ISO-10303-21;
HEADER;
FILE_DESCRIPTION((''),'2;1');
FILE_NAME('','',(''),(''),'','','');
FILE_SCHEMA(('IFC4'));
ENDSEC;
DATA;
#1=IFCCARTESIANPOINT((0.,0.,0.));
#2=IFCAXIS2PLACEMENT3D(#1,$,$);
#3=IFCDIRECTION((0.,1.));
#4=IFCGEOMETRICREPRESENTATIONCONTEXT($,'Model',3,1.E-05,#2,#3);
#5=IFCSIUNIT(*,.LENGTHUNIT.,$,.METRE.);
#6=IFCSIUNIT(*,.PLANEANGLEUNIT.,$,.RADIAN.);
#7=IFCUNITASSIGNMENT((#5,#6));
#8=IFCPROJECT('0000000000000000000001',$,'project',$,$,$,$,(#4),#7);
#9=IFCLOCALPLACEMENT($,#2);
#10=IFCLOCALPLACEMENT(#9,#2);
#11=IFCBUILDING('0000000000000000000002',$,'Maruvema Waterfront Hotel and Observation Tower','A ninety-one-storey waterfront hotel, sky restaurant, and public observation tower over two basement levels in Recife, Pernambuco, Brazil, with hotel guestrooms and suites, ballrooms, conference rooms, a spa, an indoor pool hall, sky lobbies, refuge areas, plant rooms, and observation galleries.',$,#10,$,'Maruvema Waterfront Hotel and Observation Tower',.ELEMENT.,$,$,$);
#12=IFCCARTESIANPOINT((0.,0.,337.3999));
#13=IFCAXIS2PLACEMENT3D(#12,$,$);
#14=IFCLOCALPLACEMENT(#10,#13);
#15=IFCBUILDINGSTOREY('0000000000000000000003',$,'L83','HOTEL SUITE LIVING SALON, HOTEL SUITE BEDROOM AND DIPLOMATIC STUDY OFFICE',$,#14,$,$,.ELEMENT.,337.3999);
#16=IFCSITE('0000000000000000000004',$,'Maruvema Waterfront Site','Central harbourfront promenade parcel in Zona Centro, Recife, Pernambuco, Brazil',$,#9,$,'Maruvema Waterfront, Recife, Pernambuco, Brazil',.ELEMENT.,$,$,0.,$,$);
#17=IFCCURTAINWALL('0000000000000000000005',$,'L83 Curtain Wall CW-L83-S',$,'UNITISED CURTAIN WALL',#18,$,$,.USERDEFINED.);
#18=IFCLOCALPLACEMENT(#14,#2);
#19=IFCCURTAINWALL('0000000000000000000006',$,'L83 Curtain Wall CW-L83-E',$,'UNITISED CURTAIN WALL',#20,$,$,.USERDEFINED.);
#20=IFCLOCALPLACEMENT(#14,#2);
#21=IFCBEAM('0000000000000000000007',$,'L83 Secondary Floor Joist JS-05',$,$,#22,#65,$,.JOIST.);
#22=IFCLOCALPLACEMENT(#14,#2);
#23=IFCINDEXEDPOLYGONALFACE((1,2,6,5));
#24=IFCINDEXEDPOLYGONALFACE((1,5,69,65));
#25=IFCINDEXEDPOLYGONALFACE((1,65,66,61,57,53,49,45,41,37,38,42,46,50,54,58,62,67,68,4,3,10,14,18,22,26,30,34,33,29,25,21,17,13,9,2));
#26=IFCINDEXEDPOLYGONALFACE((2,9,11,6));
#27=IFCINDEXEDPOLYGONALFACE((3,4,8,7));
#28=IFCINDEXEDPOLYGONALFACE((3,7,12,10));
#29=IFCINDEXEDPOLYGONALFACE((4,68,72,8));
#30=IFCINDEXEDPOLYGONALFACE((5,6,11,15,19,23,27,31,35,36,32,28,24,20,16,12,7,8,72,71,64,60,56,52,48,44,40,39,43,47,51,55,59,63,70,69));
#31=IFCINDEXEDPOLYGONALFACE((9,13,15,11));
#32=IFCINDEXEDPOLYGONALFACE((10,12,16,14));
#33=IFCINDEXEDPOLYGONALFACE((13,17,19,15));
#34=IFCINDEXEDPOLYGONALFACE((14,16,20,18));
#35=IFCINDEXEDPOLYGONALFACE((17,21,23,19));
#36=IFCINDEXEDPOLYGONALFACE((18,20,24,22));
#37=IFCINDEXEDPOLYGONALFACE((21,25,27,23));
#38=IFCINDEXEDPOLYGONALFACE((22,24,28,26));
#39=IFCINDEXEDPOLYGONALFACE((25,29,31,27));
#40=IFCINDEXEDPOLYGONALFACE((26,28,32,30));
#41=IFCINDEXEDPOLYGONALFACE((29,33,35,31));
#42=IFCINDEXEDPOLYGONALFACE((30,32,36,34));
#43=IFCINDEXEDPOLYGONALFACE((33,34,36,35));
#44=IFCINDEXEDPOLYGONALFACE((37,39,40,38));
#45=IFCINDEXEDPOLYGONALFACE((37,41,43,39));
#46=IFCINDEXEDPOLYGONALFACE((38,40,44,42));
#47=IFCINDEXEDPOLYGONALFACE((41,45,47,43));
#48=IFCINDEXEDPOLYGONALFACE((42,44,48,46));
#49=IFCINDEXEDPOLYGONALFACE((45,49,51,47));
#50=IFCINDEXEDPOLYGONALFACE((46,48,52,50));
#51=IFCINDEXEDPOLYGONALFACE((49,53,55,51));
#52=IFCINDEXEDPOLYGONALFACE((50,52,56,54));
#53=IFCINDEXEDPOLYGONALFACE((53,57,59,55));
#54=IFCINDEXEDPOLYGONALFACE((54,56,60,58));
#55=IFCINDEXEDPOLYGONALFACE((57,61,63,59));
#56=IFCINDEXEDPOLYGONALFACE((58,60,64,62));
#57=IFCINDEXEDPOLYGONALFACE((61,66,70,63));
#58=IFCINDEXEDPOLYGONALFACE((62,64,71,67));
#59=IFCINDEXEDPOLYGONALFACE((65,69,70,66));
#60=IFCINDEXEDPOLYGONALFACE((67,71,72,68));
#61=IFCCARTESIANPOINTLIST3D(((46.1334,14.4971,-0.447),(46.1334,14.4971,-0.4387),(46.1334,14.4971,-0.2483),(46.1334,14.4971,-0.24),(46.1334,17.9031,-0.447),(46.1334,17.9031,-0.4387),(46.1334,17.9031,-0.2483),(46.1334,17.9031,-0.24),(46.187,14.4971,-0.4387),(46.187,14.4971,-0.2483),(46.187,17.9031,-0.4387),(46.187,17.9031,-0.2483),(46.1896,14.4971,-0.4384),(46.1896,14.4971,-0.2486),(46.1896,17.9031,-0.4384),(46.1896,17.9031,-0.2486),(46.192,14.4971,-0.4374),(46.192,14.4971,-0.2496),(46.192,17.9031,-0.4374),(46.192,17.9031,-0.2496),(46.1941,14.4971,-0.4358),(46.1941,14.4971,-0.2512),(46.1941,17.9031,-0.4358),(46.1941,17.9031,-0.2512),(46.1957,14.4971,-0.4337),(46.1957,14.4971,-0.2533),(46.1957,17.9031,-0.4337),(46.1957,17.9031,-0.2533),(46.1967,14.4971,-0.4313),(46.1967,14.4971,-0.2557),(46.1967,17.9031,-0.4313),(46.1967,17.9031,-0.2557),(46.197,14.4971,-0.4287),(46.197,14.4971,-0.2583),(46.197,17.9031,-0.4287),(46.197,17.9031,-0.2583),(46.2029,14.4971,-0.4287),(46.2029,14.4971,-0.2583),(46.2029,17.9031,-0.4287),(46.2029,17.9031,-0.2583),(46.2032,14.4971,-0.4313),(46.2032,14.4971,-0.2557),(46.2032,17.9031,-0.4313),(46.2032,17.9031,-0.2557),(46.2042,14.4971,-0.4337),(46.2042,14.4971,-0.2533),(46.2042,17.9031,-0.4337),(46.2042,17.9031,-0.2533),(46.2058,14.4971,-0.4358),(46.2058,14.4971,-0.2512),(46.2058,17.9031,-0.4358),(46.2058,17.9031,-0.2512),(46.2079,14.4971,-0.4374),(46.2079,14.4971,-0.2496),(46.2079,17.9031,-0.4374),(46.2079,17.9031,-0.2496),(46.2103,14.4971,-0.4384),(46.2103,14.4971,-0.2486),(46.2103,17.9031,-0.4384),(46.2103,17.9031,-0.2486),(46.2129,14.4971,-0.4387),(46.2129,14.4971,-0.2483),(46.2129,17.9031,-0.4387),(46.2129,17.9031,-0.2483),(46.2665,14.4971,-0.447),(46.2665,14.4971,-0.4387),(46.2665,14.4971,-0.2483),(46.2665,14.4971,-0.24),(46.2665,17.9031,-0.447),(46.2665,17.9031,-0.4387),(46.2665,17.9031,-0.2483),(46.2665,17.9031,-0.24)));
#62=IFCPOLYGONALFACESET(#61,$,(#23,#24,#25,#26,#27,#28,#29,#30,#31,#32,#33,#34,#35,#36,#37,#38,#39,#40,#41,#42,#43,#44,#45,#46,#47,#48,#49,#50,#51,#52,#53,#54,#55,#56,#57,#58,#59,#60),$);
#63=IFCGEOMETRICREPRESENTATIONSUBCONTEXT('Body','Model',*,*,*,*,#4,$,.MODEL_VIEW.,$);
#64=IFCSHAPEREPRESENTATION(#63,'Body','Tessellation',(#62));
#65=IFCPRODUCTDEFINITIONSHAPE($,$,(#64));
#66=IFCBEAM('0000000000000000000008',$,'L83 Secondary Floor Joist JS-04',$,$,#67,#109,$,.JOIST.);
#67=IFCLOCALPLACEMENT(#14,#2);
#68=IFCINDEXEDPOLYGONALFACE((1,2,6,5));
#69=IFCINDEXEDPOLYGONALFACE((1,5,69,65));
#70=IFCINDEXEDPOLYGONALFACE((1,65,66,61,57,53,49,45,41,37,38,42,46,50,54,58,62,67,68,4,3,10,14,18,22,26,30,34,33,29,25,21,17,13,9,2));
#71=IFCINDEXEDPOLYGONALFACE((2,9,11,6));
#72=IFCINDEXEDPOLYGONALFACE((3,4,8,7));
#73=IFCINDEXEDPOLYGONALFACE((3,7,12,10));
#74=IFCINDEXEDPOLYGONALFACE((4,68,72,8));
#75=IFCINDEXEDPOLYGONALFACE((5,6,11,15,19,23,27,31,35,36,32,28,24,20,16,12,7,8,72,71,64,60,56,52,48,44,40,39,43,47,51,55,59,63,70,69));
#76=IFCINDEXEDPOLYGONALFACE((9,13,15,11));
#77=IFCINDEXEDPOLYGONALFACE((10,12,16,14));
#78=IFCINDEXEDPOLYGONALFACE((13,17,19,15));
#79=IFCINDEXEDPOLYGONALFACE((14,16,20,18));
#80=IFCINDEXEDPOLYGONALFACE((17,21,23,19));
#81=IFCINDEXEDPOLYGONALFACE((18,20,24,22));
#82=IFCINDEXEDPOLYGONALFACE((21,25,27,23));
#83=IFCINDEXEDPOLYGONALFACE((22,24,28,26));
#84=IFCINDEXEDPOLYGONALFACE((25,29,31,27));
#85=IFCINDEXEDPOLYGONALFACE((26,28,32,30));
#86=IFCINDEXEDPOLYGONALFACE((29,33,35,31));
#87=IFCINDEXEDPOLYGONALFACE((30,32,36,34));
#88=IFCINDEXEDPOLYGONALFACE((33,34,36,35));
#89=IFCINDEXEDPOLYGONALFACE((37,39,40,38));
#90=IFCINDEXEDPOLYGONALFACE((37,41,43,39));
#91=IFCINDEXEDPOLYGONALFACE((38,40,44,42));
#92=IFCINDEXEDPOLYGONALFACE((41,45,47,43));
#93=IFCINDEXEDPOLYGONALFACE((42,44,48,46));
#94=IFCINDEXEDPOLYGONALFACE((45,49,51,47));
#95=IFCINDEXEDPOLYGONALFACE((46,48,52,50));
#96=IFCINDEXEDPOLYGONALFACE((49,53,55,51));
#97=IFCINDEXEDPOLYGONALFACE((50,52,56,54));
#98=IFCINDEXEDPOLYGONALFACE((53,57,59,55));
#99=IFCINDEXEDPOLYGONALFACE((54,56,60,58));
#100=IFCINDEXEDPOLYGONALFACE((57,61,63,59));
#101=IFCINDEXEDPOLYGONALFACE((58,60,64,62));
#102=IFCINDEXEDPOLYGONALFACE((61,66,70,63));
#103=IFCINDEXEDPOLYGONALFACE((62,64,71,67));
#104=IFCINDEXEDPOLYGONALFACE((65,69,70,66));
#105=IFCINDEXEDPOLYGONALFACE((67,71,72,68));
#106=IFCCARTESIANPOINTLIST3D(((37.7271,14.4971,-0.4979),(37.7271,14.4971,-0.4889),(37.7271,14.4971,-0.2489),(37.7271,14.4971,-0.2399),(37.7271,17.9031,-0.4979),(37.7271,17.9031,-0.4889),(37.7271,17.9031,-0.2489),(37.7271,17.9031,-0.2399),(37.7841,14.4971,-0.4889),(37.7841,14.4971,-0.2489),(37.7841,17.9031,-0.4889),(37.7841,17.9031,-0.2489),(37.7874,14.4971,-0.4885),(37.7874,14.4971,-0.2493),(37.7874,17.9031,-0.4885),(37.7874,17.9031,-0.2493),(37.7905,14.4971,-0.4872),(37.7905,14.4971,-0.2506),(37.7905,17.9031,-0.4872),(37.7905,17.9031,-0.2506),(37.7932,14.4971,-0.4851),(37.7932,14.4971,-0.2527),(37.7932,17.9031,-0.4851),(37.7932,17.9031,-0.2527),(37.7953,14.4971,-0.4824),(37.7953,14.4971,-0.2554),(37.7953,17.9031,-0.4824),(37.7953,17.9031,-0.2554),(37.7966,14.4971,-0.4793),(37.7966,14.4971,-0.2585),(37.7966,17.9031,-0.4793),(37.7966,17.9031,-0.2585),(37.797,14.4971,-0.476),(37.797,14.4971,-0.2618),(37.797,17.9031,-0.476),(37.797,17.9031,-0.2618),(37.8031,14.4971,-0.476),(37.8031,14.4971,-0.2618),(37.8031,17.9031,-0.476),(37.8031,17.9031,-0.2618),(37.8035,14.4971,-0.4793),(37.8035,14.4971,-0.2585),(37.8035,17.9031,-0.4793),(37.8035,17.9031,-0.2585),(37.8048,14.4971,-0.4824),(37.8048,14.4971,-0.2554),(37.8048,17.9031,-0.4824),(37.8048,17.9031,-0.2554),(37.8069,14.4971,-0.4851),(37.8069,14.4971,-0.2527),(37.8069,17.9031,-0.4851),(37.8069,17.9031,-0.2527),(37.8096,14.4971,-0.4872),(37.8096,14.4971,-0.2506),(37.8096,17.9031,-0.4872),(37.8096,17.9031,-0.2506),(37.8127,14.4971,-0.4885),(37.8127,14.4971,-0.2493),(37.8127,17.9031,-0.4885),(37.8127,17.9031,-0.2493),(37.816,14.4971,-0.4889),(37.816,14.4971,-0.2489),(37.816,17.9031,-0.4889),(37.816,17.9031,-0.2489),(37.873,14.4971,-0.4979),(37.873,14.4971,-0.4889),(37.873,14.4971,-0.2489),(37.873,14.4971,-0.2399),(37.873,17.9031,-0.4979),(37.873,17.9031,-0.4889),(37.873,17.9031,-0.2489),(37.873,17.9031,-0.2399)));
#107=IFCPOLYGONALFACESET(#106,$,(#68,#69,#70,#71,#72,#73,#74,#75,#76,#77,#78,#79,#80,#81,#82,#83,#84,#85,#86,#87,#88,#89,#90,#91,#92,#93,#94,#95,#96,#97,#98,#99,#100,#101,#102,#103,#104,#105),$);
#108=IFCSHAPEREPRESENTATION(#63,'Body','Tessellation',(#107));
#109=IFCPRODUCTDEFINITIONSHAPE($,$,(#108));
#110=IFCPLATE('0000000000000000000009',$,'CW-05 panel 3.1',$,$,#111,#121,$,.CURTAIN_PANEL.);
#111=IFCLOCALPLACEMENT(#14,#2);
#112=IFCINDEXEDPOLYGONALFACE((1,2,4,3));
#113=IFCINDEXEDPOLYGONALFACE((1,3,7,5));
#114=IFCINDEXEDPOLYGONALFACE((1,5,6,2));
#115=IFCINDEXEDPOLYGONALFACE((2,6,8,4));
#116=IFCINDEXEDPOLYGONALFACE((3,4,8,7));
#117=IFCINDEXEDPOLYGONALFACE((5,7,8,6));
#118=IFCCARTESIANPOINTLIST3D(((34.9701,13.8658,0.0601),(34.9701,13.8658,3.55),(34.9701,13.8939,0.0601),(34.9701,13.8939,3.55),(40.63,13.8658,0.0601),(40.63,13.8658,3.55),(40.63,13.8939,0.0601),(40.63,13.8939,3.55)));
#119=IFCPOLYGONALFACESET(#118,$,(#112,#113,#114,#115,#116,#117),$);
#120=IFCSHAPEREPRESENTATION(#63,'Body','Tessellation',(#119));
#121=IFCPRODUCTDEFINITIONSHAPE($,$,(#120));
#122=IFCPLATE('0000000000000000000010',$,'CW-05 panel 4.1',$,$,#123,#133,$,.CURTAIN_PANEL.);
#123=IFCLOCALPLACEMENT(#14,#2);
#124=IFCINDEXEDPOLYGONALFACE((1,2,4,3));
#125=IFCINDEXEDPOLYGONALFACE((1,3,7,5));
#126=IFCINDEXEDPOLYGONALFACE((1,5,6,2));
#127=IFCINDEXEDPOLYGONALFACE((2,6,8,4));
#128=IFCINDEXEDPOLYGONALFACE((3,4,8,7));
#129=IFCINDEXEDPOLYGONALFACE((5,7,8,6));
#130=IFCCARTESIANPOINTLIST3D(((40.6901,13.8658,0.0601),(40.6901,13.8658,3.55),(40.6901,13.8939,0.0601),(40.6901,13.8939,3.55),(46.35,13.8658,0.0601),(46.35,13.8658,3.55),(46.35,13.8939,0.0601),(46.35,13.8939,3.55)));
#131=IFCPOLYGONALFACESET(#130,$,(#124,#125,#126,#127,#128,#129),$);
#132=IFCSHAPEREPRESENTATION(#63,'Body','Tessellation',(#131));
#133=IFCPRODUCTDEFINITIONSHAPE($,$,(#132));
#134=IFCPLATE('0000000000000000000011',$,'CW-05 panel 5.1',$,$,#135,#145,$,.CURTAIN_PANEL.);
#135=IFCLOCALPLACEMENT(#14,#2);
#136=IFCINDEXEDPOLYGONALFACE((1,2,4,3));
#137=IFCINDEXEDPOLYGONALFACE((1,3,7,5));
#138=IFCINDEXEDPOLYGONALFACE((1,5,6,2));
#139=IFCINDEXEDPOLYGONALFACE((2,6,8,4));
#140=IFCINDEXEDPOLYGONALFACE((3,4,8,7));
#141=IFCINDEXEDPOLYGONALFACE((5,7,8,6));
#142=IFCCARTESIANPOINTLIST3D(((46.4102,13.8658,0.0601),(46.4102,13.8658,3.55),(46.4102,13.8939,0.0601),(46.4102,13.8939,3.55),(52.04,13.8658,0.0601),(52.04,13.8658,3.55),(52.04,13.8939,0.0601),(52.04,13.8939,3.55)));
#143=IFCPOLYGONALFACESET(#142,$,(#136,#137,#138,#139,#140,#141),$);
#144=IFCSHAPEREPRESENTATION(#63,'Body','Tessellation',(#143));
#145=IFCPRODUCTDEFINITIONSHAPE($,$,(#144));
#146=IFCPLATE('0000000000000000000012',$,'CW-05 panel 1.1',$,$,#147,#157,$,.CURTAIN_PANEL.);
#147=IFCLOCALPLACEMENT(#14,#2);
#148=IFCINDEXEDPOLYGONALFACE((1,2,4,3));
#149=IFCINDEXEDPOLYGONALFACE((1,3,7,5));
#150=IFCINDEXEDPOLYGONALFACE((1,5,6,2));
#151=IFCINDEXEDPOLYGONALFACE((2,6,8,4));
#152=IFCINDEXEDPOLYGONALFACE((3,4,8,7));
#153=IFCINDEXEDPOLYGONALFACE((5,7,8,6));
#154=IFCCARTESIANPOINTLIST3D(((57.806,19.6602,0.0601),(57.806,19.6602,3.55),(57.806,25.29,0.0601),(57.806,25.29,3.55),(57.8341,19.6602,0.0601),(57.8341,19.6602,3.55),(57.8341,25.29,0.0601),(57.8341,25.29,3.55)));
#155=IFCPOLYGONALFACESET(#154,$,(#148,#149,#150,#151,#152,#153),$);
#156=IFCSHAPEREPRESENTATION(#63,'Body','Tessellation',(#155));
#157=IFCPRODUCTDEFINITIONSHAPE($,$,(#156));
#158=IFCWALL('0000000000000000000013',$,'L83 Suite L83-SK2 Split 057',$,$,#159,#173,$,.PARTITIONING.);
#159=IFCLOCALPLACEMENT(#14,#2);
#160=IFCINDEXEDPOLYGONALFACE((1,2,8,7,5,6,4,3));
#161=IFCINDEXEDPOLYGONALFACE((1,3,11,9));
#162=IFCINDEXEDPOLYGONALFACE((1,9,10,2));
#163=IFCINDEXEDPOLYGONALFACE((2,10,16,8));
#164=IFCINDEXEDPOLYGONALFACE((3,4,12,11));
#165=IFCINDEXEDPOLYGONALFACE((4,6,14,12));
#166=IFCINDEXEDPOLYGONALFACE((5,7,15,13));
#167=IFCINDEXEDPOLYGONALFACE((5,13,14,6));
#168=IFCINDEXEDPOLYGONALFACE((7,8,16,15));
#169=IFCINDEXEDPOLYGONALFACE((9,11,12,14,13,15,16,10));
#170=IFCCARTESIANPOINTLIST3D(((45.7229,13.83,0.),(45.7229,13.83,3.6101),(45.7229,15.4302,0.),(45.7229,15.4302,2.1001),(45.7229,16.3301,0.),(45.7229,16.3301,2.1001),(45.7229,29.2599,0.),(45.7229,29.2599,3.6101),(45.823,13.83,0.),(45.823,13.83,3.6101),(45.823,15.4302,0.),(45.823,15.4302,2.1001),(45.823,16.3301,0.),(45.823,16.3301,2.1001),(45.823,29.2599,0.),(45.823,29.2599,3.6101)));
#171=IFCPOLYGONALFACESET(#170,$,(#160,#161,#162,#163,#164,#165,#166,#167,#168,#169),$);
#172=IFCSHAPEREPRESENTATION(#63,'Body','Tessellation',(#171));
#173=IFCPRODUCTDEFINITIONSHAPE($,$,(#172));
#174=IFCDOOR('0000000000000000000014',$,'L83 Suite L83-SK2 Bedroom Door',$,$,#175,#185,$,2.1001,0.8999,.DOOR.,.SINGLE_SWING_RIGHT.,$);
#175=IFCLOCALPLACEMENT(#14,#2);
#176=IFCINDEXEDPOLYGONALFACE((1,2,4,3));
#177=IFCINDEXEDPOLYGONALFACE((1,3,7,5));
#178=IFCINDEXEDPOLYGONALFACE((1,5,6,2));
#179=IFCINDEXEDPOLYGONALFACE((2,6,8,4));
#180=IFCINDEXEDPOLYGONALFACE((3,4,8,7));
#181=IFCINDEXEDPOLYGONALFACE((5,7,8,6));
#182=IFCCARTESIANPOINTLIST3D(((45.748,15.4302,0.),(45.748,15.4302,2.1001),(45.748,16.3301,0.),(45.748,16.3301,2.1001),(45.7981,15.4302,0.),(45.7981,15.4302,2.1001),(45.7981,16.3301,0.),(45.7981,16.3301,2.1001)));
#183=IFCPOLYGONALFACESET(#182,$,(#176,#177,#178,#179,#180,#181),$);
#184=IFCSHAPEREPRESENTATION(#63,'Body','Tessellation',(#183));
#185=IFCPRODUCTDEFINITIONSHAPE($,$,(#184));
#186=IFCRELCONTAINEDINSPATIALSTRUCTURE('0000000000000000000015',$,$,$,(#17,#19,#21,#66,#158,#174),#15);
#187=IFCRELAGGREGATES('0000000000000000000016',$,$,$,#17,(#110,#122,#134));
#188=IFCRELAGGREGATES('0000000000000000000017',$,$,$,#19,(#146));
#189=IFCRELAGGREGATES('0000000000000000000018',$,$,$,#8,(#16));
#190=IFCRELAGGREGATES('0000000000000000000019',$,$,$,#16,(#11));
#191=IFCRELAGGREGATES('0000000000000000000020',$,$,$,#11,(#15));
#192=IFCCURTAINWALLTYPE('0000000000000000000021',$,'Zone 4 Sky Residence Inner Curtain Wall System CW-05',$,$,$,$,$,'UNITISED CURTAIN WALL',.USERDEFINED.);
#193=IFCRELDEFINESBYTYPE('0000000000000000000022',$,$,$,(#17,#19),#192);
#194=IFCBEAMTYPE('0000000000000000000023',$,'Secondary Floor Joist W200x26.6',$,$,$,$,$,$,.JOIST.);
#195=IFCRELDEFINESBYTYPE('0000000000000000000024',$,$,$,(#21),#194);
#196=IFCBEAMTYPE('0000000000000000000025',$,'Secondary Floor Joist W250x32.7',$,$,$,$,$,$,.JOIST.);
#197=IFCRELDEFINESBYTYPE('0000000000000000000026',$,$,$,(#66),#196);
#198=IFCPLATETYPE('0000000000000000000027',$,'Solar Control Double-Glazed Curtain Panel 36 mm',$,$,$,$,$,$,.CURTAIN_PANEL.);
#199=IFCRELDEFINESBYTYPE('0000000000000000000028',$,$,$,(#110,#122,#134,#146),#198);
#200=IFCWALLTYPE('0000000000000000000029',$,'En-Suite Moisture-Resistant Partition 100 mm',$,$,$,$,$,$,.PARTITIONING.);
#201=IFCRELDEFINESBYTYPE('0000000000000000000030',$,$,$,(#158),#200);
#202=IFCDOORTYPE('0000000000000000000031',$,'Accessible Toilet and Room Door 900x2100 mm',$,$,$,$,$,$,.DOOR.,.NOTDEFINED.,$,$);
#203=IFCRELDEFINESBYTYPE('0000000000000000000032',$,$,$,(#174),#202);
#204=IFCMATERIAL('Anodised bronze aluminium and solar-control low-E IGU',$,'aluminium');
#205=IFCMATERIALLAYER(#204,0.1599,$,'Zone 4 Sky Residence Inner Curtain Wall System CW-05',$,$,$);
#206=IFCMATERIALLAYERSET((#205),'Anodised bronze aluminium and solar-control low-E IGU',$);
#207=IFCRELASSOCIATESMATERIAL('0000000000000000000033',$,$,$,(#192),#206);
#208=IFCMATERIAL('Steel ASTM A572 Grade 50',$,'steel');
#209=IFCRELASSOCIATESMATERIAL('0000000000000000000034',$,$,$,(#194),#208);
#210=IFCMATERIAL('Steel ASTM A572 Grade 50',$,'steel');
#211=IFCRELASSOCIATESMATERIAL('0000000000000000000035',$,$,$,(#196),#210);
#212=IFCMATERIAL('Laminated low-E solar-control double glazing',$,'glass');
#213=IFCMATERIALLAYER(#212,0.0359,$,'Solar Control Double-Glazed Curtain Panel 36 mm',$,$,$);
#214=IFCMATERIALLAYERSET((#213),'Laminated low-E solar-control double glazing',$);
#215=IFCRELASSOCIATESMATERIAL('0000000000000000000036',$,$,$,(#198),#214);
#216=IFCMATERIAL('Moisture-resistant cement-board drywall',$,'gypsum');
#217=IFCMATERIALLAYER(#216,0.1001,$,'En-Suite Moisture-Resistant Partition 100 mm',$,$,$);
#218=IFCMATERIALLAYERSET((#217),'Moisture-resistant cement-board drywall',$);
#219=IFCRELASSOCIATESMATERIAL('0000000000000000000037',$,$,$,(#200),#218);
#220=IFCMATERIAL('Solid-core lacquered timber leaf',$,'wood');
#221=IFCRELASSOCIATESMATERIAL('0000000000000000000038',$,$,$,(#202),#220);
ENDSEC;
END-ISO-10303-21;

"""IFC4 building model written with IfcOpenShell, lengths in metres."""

from ifc_helpers import new_model, si_unit, direction, frame, frame_2d, origin, origin_2d, place, context, subcontext, project, spatial, rectangle, i_section, extrude, material, layer, layer_set, material_profile, profile_set, type_object, element, fill, aggregate, save


model = new_model("IFC4")

# Units and contexts
model_context = context("Model", 3, precision=1e-05, world=origin(), true_north=direction((0.0, 1.0)))
body_context = subcontext(model_context, "Body", "Model", "MODEL_VIEW")
ifc_project = project(units=[si_unit("LENGTHUNIT", "METRE"), si_unit("PLANEANGLEUNIT", "RADIAN")], contexts=[model_context])

# Site, building, storey
site_placement = place(None, origin())
site = spatial("IfcSite", under=ifc_project, at=site_placement, Name="Maruvema Waterfront Site", Description="Central harbourfront promenade parcel in Zona Centro, Recife, Pernambuco, Brazil", LongName="Maruvema Waterfront, Recife, Pernambuco, Brazil", CompositionType="ELEMENT", RefElevation=0.0)
building_placement = place(site_placement, origin())
building = spatial("IfcBuilding", under=site, at=building_placement, Name="Maruvema Waterfront Hotel and Observation Tower", Description="A ninety-one-storey waterfront hotel, sky restaurant, and public observation tower over two basement levels in Recife, Pernambuco, Brazil, with hotel guestrooms and suites, ballrooms, conference rooms, a spa, an indoor pool hall, sky lobbies, refuge areas, plant rooms, and observation galleries.", LongName="Maruvema Waterfront Hotel and Observation Tower", CompositionType="ELEMENT")
storey_placement = place(building_placement, frame((0.0, 0.0, 337.3999)))
storey = spatial("IfcBuildingStorey", under=building, at=storey_placement, Name="L83", Description="HOTEL SUITE LIVING SALON, HOTEL SUITE BEDROOM AND DIPLOMATIC STUDY OFFICE", CompositionType="ELEMENT", Elevation=337.3999)

# Curtain walls
ifc_material_1 = material(Name="Anodised bronze aluminium and solar-control low-E IGU", Category="aluminium")
ifc_layer_1 = layer(ifc_material_1, 0.1599, Name="Zone 4 Sky Residence Inner Curtain Wall System CW-05")
ifc_layer_set_1 = layer_set([ifc_layer_1], Name="Anodised bronze aluminium and solar-control low-E IGU")
curtain_wall_type = type_object("IfcCurtainWallType", Name="Zone 4 Sky Residence Inner Curtain Wall System CW-05", ElementType="UNITISED CURTAIN WALL", PredefinedType="USERDEFINED", material=ifc_layer_set_1)
curtain_wall_1_placement = place(storey_placement, origin())
curtain_wall_1 = element("IfcCurtainWall", 1, at=curtain_wall_1_placement, inside=storey, type_object=curtain_wall_type, Name="L83 Curtain Wall CW-L83-S", ObjectType="UNITISED CURTAIN WALL", PredefinedType="USERDEFINED")
curtain_wall_2_placement = place(storey_placement, origin())
curtain_wall_2 = element("IfcCurtainWall", 2, at=curtain_wall_2_placement, inside=storey, type_object=curtain_wall_type, Name="L83 Curtain Wall CW-L83-E", ObjectType="UNITISED CURTAIN WALL", PredefinedType="USERDEFINED")

# Beams
ifc_material_2 = material(Name="Steel ASTM A572 Grade 50", Category="steel")
ifc_material_profile_1 = material_profile(ifc_material_2, i_section(OverallWidth=0.1331, OverallDepth=0.207, WebThickness=0.0059, FlangeThickness=0.0083, FilletRadius=0.01, at=origin_2d()), Name="W200x26.6")
ifc_profile_set_1 = profile_set([ifc_material_profile_1], Name="Steel ASTM A572 Grade 50")
beam_type_1 = type_object("IfcBeamType", Name="Secondary Floor Joist W200x26.6", PredefinedType="JOIST", material=ifc_profile_set_1)
beam_1_placement = place(storey_placement, frame((46.2, 14.4971, -0.3435), z_axis=(0.0, 1.0, 0.0), x_axis=(-1.0, 0.0, 0.0)))
element("IfcBeam", 3, at=beam_1_placement, inside=storey, type_object=beam_type_1, Name="L83 Secondary Floor Joist JS-05", PredefinedType="JOIST", context=body_context, shape_type="SweptSolid", body=[
    extrude(i_section(OverallWidth=0.1331, OverallDepth=0.207, WebThickness=0.0059, FlangeThickness=0.0083, FilletRadius=0.01, at=origin_2d()), origin(), (0.0, 0.0, 1.0), 3.406),
])
ifc_material_3 = material(Name="Steel ASTM A572 Grade 50", Category="steel")
ifc_material_profile_2 = material_profile(ifc_material_3, i_section(OverallWidth=0.146, OverallDepth=0.2581, WebThickness=0.0061, FlangeThickness=0.009, FilletRadius=0.0129, at=origin_2d()), Name="W250x32.7")
ifc_profile_set_2 = profile_set([ifc_material_profile_2], Name="Steel ASTM A572 Grade 50")
beam_type_2 = type_object("IfcBeamType", Name="Secondary Floor Joist W250x32.7", PredefinedType="JOIST", material=ifc_profile_set_2)
beam_2_placement = place(storey_placement, frame((37.8, 14.4971, -0.3689), z_axis=(0.0, 1.0, 0.0), x_axis=(-1.0, 0.0, 0.0)))
element("IfcBeam", 4, at=beam_2_placement, inside=storey, type_object=beam_type_2, Name="L83 Secondary Floor Joist JS-04", PredefinedType="JOIST", context=body_context, shape_type="SweptSolid", body=[
    extrude(i_section(OverallWidth=0.146, OverallDepth=0.2581, WebThickness=0.0061, FlangeThickness=0.009, FilletRadius=0.0129, at=origin_2d()), origin(), (0.0, 0.0, 1.0), 3.406),
])

# Plates
ifc_material_4 = material(Name="Laminated low-E solar-control double glazing", Category="glass")
ifc_layer_2 = layer(ifc_material_4, 0.0359, Name="Solar Control Double-Glazed Curtain Panel 36 mm")
ifc_layer_set_2 = layer_set([ifc_layer_2], Name="Laminated low-E solar-control double glazing")
plate_type = type_object("IfcPlateType", Name="Solar Control Double-Glazed Curtain Panel 36 mm", PredefinedType="CURTAIN_PANEL", material=ifc_layer_set_2)
plate_1_placement = place(storey_placement, frame((37.8, 13.8799, 0.0601), z_axis=(0.0, 0.0, 1.0), x_axis=(1.0, 0.0, 0.0)))
plate_1 = element("IfcPlate", 5, at=plate_1_placement, type_object=plate_type, Name="CW-05 panel 3.1", PredefinedType="CURTAIN_PANEL", context=body_context, shape_type="SweptSolid", body=[
    extrude(rectangle(XDim=5.6599, YDim=0.0281, at=origin_2d()), origin(), (0.0, 0.0, 1.0), 3.49),
])
plate_2_placement = place(storey_placement, frame((43.52, 13.8799, 0.0601), z_axis=(0.0, 0.0, 1.0), x_axis=(1.0, 0.0, 0.0)))
plate_2 = element("IfcPlate", 6, at=plate_2_placement, type_object=plate_type, Name="CW-05 panel 4.1", PredefinedType="CURTAIN_PANEL", context=body_context, shape_type="SweptSolid", body=[
    extrude(rectangle(XDim=5.6599, YDim=0.0281, at=origin_2d()), origin(), (0.0, 0.0, 1.0), 3.49),
])
plate_3_placement = place(storey_placement, frame((49.2251, 13.8799, 0.0601), z_axis=(0.0, 0.0, 1.0), x_axis=(1.0, 0.0, 0.0)))
plate_3 = element("IfcPlate", 7, at=plate_3_placement, type_object=plate_type, Name="CW-05 panel 5.1", PredefinedType="CURTAIN_PANEL", context=body_context, shape_type="SweptSolid", body=[
    extrude(rectangle(XDim=5.6299, YDim=0.0281, at=origin_2d()), origin(), (0.0, 0.0, 1.0), 3.49),
])
aggregate(curtain_wall_1, [plate_1, plate_2, plate_3])
plate_4_placement = place(storey_placement, frame((57.8201, 22.4751, 0.0601), z_axis=(0.0, 0.0, 1.0), x_axis=(0.0, 1.0, 0.0)))
plate_4 = element("IfcPlate", 8, at=plate_4_placement, type_object=plate_type, Name="CW-05 panel 1.1", PredefinedType="CURTAIN_PANEL", context=body_context, shape_type="SweptSolid", body=[
    extrude(rectangle(XDim=5.6299, YDim=0.0281, at=origin_2d()), origin(), (0.0, 0.0, 1.0), 3.49),
])
aggregate(curtain_wall_2, [plate_4])

# Wall, opening, door
ifc_material_5 = material(Name="Moisture-resistant cement-board drywall", Category="gypsum")
ifc_layer_3 = layer(ifc_material_5, 0.1001, Name="En-Suite Moisture-Resistant Partition 100 mm")
ifc_layer_set_3 = layer_set([ifc_layer_3], Name="Moisture-resistant cement-board drywall")
wall_type_1 = type_object("IfcWallType", Name="En-Suite Moisture-Resistant Partition 100 mm", PredefinedType="PARTITIONING", material=ifc_layer_set_3)
wall_1_placement = place(storey_placement, frame((45.7729, 13.8301, 0.0), z_axis=(0.0, 0.0, 1.0), x_axis=(0.0, 1.0, 0.0)))
wall_1 = element("IfcWall", 9, at=wall_1_placement, inside=storey, type_object=wall_type_1, Name="L83 Suite L83-SK2 Split 057", PredefinedType="PARTITIONING", context=body_context, shape_type="SweptSolid", body=[
    extrude(rectangle(XDim=15.4299, YDim=0.1001, at=frame_2d((7.7148, 0.0))), origin(), (0.0, 0.0, 1.0), 3.6101),
])
opening_1_placement = place(wall_1_placement, frame((1.6001, 0.0, 0.0)))
opening_1 = element("IfcOpeningElement", 10, at=opening_1_placement, cuts=wall_1, PredefinedType="OPENING", context=body_context, shape_type="SweptSolid", body=[
    extrude(rectangle(XDim=0.8999, YDim=2.1001, at=frame_2d((0.45, 1.05))), frame((0.0, 0.0601, 0.0), z_axis=(0.0, -1.0, 0.0), x_axis=(1.0, 0.0, 0.0)), (0.0, 0.0, 1.0), 0.1201),
])
ifc_material_6 = material(Name="Solid-core lacquered timber leaf", Category="wood")
door_type = type_object("IfcDoorType", Name="Accessible Toilet and Room Door 900x2100 mm", OperationType="NOTDEFINED", PredefinedType="DOOR", material=ifc_material_6)
door_placement = place(opening_1_placement, origin())
door = element("IfcDoor", 11, at=door_placement, inside=storey, type_object=door_type, Name="L83 Suite L83-SK2 Bedroom Door", OperationType="SINGLE_SWING_RIGHT", OverallHeight=2.1001, OverallWidth=0.8999, PredefinedType="DOOR", context=body_context, shape_type="SweptSolid", body=[
    extrude(rectangle(XDim=0.8999, YDim=2.1001, at=frame_2d((0.45, 1.05))), frame((0.0, 0.0249, 0.0), z_axis=(0.0, -1.0, 0.0), x_axis=(1.0, 0.0, 0.0)), (0.0, 0.0, 1.0), 0.05),
])
fill(opening_1, door)

save(model, "model.ifc")
